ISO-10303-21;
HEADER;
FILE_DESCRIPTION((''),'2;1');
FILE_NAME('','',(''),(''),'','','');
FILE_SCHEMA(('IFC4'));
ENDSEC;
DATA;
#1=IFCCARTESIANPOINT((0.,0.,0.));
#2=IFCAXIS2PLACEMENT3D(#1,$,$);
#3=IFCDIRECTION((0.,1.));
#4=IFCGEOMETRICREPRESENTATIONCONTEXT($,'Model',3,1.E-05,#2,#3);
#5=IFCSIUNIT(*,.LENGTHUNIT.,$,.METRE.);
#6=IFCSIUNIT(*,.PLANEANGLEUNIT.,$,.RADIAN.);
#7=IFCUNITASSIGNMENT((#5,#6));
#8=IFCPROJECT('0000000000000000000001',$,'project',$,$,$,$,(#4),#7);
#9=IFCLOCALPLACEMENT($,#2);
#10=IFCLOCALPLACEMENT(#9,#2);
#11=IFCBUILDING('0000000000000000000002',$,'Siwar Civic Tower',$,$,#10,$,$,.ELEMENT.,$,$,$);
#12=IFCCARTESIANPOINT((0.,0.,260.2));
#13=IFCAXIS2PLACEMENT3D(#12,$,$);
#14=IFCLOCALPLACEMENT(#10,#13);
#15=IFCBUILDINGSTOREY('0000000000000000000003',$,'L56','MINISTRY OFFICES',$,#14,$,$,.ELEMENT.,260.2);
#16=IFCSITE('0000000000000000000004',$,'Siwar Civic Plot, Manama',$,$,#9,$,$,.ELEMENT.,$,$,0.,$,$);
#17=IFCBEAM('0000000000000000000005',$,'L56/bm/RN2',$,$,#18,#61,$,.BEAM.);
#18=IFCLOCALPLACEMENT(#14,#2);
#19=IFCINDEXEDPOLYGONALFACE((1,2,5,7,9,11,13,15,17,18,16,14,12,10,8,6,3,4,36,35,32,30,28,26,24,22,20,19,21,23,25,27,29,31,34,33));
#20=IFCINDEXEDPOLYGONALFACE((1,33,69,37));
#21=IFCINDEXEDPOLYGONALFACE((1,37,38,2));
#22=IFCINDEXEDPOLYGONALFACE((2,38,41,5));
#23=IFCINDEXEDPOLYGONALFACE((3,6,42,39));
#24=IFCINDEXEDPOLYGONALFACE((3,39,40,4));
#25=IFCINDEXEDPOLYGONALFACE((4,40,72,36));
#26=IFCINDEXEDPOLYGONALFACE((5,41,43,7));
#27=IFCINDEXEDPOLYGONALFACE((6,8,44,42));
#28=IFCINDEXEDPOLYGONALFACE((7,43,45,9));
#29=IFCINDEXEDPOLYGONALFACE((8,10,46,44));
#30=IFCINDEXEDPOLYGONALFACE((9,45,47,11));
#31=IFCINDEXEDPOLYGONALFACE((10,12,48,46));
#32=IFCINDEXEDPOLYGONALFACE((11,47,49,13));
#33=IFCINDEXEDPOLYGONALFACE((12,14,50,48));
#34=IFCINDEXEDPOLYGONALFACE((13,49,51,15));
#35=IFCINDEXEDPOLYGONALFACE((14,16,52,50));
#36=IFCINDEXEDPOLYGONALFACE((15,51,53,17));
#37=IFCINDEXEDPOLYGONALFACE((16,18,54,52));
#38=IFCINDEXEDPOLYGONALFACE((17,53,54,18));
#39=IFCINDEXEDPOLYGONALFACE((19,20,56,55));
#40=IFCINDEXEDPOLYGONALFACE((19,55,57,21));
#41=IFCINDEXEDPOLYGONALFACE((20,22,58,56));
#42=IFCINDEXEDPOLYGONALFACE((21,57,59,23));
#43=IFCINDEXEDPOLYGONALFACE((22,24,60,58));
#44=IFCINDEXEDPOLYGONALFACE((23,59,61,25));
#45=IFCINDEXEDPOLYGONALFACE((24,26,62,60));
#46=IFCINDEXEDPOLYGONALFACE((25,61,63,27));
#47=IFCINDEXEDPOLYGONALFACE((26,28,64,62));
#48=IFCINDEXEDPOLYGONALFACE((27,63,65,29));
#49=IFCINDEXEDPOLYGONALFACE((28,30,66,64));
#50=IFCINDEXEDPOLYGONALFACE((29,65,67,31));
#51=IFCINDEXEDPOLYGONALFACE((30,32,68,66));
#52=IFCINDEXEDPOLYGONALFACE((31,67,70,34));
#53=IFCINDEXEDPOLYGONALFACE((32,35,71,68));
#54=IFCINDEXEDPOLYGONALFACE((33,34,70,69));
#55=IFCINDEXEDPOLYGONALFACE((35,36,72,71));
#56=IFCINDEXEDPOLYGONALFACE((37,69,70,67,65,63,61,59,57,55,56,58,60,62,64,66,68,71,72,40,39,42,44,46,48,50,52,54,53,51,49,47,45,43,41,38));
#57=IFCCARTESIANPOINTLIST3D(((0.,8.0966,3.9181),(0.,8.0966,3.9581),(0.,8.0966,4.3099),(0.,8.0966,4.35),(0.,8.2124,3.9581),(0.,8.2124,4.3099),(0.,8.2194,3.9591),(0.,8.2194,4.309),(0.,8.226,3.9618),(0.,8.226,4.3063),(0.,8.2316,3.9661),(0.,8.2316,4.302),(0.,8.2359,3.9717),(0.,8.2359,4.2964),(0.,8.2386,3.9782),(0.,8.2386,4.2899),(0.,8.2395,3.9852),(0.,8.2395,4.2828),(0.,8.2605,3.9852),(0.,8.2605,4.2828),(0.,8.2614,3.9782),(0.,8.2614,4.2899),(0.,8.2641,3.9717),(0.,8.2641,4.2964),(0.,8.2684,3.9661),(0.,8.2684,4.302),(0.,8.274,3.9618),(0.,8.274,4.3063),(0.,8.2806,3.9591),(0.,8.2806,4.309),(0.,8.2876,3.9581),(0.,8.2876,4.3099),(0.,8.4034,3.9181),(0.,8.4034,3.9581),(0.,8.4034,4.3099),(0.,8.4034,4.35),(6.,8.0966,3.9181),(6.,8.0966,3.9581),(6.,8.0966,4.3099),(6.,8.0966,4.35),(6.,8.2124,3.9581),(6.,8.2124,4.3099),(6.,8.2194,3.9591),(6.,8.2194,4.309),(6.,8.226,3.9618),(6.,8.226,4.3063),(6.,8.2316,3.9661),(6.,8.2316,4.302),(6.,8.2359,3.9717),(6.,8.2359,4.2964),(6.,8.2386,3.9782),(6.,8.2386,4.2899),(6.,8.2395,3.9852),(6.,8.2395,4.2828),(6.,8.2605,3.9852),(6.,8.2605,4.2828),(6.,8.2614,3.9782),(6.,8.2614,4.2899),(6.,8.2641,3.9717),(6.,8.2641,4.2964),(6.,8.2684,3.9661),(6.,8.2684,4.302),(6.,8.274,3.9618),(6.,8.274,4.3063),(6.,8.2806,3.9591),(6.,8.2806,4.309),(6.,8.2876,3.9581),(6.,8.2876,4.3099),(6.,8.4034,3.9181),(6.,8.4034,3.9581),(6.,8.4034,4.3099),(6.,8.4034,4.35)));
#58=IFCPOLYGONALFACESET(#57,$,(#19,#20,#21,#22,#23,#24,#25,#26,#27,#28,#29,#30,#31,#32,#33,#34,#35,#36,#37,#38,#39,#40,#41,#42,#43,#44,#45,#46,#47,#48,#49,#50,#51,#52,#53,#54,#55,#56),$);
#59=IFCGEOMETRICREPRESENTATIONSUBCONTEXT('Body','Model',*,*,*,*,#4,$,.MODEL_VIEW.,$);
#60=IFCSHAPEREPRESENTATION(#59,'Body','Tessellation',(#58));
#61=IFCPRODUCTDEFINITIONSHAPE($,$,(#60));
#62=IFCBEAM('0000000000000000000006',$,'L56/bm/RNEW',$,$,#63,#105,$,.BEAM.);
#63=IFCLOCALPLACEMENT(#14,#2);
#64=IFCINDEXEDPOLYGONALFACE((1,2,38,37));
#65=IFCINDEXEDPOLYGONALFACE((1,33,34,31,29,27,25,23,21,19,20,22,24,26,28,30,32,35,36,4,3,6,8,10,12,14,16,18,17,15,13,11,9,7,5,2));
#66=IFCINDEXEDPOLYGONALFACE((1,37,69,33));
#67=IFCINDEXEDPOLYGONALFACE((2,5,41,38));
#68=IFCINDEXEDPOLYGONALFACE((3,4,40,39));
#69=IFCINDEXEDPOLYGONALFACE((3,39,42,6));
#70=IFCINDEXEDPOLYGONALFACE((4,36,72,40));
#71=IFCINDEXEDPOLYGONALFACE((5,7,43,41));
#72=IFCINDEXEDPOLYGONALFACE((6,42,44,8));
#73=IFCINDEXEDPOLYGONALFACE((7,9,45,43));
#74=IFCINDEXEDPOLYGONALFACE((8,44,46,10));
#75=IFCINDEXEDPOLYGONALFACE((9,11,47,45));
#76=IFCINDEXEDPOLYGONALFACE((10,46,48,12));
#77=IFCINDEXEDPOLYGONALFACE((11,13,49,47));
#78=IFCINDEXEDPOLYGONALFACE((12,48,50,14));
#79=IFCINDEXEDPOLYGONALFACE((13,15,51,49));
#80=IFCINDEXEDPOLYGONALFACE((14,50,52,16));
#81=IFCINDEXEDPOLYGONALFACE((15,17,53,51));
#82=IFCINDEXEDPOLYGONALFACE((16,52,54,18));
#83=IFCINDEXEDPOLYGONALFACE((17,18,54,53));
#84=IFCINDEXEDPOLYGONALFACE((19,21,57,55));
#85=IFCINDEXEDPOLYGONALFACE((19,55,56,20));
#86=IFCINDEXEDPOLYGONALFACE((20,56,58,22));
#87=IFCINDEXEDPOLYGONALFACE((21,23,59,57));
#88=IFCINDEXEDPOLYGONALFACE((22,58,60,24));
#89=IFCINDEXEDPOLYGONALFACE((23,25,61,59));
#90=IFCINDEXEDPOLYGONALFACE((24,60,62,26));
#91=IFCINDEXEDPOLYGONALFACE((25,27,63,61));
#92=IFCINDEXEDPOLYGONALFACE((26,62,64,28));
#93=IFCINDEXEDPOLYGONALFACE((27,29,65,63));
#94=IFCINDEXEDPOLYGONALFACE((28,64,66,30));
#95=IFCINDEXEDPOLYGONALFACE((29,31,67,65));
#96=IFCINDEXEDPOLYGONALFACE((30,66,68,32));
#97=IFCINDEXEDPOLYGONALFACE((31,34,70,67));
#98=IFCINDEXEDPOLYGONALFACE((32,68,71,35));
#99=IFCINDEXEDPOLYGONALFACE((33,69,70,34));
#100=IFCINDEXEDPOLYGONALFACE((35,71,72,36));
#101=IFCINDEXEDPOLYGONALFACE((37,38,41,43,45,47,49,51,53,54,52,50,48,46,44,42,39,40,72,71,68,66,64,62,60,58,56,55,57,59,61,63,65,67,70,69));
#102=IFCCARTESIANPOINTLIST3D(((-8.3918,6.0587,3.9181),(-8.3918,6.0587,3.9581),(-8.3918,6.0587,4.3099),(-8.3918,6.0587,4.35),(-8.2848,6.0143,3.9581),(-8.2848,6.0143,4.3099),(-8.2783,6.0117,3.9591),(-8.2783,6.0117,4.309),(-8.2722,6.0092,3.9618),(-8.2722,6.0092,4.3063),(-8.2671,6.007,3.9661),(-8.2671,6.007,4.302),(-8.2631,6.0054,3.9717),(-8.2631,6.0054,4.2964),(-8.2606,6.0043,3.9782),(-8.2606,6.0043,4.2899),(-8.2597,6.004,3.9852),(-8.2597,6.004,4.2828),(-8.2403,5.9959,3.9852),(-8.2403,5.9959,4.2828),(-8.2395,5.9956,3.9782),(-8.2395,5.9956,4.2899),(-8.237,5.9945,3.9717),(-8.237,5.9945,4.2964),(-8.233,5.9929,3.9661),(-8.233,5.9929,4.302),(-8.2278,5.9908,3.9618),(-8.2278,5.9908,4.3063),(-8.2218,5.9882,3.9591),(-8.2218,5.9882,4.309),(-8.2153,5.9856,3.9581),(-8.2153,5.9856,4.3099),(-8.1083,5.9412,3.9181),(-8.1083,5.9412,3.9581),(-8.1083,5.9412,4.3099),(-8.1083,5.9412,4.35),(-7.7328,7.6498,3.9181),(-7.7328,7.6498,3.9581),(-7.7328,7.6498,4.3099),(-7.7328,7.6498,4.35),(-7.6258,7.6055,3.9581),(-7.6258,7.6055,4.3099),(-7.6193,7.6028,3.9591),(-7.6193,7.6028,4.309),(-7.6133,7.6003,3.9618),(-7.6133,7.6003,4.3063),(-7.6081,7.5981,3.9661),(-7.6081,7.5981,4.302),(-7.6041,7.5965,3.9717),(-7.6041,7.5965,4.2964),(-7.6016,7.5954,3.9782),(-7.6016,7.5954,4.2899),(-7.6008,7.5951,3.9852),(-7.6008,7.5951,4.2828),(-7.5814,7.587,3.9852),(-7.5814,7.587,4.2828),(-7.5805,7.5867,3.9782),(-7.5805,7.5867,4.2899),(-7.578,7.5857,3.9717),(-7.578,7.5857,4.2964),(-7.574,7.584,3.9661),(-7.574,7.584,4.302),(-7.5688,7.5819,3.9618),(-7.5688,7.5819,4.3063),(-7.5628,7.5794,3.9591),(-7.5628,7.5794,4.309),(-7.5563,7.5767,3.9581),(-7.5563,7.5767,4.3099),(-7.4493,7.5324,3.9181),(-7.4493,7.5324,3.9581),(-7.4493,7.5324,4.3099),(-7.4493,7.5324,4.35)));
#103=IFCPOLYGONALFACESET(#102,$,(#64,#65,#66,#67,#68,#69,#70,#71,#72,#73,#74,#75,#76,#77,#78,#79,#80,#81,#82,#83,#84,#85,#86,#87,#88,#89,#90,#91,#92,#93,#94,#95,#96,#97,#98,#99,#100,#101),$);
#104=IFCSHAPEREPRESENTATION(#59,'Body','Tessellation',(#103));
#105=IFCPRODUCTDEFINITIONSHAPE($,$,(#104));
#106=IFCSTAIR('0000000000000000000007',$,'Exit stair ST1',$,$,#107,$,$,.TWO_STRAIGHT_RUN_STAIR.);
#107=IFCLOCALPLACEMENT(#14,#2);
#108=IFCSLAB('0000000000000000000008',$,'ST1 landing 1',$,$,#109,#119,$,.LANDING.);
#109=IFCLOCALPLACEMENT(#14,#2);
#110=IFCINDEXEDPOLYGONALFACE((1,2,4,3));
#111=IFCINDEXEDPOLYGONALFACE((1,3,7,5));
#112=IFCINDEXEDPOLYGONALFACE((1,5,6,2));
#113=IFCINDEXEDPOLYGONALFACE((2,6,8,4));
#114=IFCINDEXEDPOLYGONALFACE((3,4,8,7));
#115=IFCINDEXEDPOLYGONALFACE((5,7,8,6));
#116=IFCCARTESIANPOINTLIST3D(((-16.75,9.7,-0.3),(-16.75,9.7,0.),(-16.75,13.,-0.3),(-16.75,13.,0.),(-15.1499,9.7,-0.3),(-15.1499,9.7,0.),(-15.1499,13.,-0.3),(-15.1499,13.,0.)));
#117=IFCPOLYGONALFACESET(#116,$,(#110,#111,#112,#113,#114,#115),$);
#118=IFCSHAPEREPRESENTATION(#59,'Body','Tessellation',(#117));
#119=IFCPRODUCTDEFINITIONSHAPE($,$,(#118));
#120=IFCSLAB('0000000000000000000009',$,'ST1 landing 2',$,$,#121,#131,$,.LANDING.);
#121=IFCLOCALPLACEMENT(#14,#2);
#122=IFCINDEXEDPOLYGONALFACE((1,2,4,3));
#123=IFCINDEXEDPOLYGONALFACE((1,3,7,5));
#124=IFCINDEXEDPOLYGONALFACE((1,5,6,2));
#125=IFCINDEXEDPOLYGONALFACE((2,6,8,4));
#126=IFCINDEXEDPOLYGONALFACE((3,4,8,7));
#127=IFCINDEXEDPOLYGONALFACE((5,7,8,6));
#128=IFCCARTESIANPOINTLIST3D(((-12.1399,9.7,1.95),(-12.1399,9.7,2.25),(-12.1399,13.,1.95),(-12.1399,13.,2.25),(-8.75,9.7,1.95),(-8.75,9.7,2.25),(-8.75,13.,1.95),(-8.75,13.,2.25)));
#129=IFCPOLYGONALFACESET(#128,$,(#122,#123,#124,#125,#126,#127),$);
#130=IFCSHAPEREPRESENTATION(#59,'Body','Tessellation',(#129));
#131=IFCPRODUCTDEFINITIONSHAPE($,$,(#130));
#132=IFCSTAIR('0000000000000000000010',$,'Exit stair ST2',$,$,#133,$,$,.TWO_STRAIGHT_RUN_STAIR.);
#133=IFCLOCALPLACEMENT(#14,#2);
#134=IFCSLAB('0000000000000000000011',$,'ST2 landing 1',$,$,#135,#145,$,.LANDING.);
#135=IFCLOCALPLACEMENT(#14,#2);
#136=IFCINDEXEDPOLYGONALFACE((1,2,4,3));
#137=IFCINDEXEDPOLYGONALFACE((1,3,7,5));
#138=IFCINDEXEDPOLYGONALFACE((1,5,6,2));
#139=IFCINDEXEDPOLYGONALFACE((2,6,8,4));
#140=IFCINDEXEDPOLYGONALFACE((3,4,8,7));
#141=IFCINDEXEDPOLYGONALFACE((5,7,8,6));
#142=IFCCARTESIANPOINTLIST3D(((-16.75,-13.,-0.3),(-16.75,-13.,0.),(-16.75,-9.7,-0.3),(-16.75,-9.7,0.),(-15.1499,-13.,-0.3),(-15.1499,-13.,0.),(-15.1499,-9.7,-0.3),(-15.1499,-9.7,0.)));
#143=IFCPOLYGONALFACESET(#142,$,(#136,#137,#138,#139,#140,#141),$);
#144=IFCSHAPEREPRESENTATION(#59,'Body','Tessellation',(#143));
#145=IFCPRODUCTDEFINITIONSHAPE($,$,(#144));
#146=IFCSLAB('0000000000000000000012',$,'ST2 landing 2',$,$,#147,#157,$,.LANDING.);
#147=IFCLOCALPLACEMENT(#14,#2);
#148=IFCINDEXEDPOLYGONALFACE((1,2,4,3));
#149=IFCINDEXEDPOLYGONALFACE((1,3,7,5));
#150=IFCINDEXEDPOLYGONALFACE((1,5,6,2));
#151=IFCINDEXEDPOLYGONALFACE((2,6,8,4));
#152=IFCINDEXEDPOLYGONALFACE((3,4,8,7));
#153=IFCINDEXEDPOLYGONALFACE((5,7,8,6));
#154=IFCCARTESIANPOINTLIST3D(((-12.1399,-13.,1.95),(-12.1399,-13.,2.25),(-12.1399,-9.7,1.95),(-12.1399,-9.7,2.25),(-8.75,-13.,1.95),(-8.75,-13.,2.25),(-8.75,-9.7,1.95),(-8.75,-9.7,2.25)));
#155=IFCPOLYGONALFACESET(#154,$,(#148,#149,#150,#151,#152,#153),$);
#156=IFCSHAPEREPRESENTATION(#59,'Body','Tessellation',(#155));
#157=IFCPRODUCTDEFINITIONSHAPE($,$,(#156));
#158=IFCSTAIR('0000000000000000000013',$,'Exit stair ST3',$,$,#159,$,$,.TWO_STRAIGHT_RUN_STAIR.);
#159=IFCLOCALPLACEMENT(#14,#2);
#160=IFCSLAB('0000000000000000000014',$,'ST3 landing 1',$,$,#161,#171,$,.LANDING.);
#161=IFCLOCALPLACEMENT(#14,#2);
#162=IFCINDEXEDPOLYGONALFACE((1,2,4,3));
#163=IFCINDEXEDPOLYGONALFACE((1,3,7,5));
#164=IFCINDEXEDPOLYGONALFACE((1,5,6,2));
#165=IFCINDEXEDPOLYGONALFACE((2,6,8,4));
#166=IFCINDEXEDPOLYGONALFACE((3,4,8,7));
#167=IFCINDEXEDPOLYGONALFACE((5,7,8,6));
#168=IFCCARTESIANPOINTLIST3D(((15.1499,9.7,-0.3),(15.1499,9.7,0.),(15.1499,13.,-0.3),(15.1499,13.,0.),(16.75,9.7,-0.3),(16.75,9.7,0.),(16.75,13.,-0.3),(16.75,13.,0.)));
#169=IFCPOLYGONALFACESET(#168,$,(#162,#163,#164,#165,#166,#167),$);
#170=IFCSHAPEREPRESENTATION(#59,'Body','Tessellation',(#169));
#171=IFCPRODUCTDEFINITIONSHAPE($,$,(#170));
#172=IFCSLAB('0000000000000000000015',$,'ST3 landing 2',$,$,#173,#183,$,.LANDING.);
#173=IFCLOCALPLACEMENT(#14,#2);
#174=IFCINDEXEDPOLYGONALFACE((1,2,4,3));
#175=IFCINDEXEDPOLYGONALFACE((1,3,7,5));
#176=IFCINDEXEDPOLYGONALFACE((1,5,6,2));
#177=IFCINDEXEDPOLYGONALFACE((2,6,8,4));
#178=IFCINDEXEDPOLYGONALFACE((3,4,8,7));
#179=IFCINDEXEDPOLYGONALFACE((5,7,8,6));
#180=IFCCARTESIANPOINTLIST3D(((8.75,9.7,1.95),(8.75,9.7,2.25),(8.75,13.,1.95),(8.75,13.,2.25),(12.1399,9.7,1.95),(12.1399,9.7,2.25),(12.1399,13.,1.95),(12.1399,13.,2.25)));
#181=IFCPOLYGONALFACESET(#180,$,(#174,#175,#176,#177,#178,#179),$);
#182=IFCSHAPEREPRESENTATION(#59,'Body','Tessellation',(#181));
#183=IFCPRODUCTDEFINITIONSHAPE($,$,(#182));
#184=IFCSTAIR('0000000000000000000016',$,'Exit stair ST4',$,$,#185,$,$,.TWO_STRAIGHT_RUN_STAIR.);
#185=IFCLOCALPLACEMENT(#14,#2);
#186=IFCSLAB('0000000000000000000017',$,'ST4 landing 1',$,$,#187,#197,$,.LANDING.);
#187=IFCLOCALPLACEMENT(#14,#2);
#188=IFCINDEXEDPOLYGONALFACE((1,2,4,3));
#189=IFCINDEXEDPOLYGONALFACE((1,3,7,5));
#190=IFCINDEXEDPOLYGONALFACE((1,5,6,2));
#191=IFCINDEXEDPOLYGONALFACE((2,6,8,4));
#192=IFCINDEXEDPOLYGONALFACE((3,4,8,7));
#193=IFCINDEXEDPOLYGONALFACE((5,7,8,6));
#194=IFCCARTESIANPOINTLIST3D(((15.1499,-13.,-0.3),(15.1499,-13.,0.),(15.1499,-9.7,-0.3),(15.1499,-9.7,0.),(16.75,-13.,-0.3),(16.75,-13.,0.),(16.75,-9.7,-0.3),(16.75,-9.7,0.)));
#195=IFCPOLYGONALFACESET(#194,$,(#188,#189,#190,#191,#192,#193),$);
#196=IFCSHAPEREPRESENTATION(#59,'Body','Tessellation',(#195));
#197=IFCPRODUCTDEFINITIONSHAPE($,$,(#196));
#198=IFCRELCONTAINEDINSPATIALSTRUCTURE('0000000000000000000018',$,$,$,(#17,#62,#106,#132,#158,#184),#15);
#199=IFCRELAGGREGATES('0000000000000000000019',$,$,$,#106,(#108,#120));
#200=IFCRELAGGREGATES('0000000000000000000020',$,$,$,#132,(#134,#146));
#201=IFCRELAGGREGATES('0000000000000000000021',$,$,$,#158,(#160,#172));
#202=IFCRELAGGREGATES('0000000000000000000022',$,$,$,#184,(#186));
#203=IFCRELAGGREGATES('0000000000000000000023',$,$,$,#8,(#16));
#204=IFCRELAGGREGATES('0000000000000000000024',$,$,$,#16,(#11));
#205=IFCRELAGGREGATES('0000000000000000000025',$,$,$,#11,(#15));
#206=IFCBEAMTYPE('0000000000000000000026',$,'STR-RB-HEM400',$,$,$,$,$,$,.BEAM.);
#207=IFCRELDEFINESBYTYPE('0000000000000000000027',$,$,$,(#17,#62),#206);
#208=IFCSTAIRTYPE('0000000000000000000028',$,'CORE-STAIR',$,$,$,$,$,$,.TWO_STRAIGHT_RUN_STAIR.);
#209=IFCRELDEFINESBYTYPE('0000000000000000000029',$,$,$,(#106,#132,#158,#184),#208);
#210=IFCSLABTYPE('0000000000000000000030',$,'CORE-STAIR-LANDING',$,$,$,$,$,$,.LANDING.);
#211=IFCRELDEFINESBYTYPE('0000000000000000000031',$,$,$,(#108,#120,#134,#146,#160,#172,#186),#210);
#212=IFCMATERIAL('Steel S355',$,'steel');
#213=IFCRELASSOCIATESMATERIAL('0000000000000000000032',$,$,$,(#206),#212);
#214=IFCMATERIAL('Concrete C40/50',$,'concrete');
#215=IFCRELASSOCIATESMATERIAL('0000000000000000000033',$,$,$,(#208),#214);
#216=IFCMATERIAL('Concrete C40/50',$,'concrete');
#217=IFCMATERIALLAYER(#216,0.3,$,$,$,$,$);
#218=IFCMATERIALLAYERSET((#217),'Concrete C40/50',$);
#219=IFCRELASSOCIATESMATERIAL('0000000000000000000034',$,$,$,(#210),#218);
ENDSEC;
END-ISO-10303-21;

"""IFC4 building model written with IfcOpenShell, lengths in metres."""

from ifc_helpers import new_model, si_unit, direction, frame, origin, origin_2d, place, context, subcontext, project, spatial, polyline, i_section, outline, extrude, material, layer, layer_set, material_profile, profile_set, type_object, element, aggregate, save


model = new_model("IFC4")

# Units and contexts
model_context = context("Model", 3, precision=1e-05, world=origin(), true_north=direction((0.0, 1.0)))
body_context = subcontext(model_context, "Body", "Model", "MODEL_VIEW")
ifc_project = project(units=[si_unit("LENGTHUNIT", "METRE"), si_unit("PLANEANGLEUNIT", "RADIAN")], contexts=[model_context])

# Site, building, storey
site_placement = place(None, origin())
site = spatial("IfcSite", under=ifc_project, at=site_placement, Name="Siwar Civic Plot, Manama", CompositionType="ELEMENT", RefElevation=0.0)
building_placement = place(site_placement, origin())
building = spatial("IfcBuilding", under=site, at=building_placement, Name="Siwar Civic Tower", CompositionType="ELEMENT")
storey_placement = place(building_placement, frame((0.0, 0.0, 260.2)))
storey = spatial("IfcBuildingStorey", under=building, at=storey_placement, Name="L56", Description="MINISTRY OFFICES", CompositionType="ELEMENT", Elevation=260.2)

# Beams
ifc_material_1 = material(Name="Steel S355", Category="steel")
ifc_material_profile_1 = material_profile(ifc_material_1, i_section(OverallWidth=0.3069, OverallDepth=0.4319, WebThickness=0.021, FlangeThickness=0.04, FilletRadius=0.0271, at=origin_2d()), Name="HEM400")
ifc_profile_set_1 = profile_set([ifc_material_profile_1], Name="Steel S355")
beam_type_1 = type_object("IfcBeamType", Name="STR-RB-HEM400", PredefinedType="BEAM", material=ifc_profile_set_1)
for number, where, z_axis, x_axis, name in (
    (1, (0.0, 8.25, 4.134), (1.0, 0.0, 0.0), (0.0, 1.0, 0.0), "L56/bm/RN2"),
):
    element("IfcBeam", number, at=place(storey_placement, frame(where, z_axis=z_axis, x_axis=x_axis)), inside=storey, type_object=beam_type_1, Name=name, PredefinedType="BEAM", context=body_context, shape_type="SweptSolid", body=[
        extrude(i_section(OverallWidth=0.3069, OverallDepth=0.4319, WebThickness=0.021, FlangeThickness=0.04, FilletRadius=0.0271, at=origin_2d()), origin(), (0.0, 0.0, 1.0), 6.0),
    ])
beam_1_placement = place(storey_placement, frame((-7.5911, 7.5911, 4.134), z_axis=(-0.382631, -0.923901, 0.0), x_axis=(0.923901, -0.382631, 0.0)))
element("IfcBeam", 2, at=beam_1_placement, inside=storey, type_object=beam_type_1, Name="L56/bm/RNEW", PredefinedType="BEAM", context=body_context, shape_type="SweptSolid", body=[
    extrude(i_section(OverallWidth=0.3069, OverallDepth=0.4319, WebThickness=0.021, FlangeThickness=0.04, FilletRadius=0.0271, at=origin_2d()), origin(), (0.0, 0.0, 1.0), 1.7222),
])

# Stairs, slabs
ifc_material_2 = material(Name="Concrete C40/50", Category="concrete")
stair_type = type_object("IfcStairType", Name="CORE-STAIR", PredefinedType="TWO_STRAIGHT_RUN_STAIR", material=ifc_material_2)
stair_1_placement = place(storey_placement, origin())
stair_1 = element("IfcStair", 3, at=stair_1_placement, inside=storey, type_object=stair_type, Name="Exit stair ST1", PredefinedType="TWO_STRAIGHT_RUN_STAIR")
ifc_material_3 = material(Name="Concrete C40/50", Category="concrete")
ifc_layer_1 = layer(ifc_material_3, 0.3)
ifc_layer_set_1 = layer_set([ifc_layer_1], Name="Concrete C40/50")
slab_type_1 = type_object("IfcSlabType", Name="CORE-STAIR-LANDING", PredefinedType="LANDING", material=ifc_layer_set_1)
slab_1_placement = place(storey_placement, frame((0.0, 0.0, -0.3)))
slab_1 = element("IfcSlab", 4, at=slab_1_placement, type_object=slab_type_1, Name="ST1 landing 1", PredefinedType="LANDING", context=body_context, shape_type="SweptSolid", body=[
    extrude(outline(polyline([(-15.1499, 13.0), (-16.75, 13.0), (-16.75, 9.7), (-15.1499, 9.7), (-15.1499, 13.0)])), origin(), (0.0, 0.0, 1.0), 0.3),
])
slab_2_placement = place(storey_placement, frame((0.0, 0.0, 1.95)))
slab_2 = element("IfcSlab", 5, at=slab_2_placement, type_object=slab_type_1, Name="ST1 landing 2", PredefinedType="LANDING", context=body_context, shape_type="SweptSolid", body=[
    extrude(outline(polyline([(-8.75, 13.0), (-12.1399, 13.0), (-12.1399, 9.7), (-8.75, 9.7), (-8.75, 13.0)])), origin(), (0.0, 0.0, 1.0), 0.3),
])
aggregate(stair_1, [slab_1, slab_2])
stair_2_placement = place(storey_placement, origin())
stair_2 = element("IfcStair", 6, at=stair_2_placement, inside=storey, type_object=stair_type, Name="Exit stair ST2", PredefinedType="TWO_STRAIGHT_RUN_STAIR")
slab_3_placement = place(storey_placement, frame((0.0, 0.0, -0.3)))
slab_3 = element("IfcSlab", 7, at=slab_3_placement, type_object=slab_type_1, Name="ST2 landing 1", PredefinedType="LANDING", context=body_context, shape_type="SweptSolid", body=[
    extrude(outline(polyline([(-15.1499, -9.7), (-16.75, -9.7), (-16.75, -13.0), (-15.1499, -13.0), (-15.1499, -9.7)])), origin(), (0.0, 0.0, 1.0), 0.3),
])
slab_4_placement = place(storey_placement, frame((0.0, 0.0, 1.95)))
slab_4 = element("IfcSlab", 8, at=slab_4_placement, type_object=slab_type_1, Name="ST2 landing 2", PredefinedType="LANDING", context=body_context, shape_type="SweptSolid", body=[
    extrude(outline(polyline([(-8.75, -9.7), (-12.1399, -9.7), (-12.1399, -13.0), (-8.75, -13.0), (-8.75, -9.7)])), origin(), (0.0, 0.0, 1.0), 0.3),
])
aggregate(stair_2, [slab_3, slab_4])
stair_3_placement = place(storey_placement, origin())
stair_3 = element("IfcStair", 9, at=stair_3_placement, inside=storey, type_object=stair_type, Name="Exit stair ST3", PredefinedType="TWO_STRAIGHT_RUN_STAIR")
slab_5_placement = place(storey_placement, frame((0.0, 0.0, -0.3)))
slab_5 = element("IfcSlab", 10, at=slab_5_placement, type_object=slab_type_1, Name="ST3 landing 1", PredefinedType="LANDING", context=body_context, shape_type="SweptSolid", body=[
    extrude(outline(polyline([(15.1499, 9.7), (16.75, 9.7), (16.75, 13.0), (15.1499, 13.0), (15.1499, 9.7)])), origin(), (0.0, 0.0, 1.0), 0.3),
])
slab_6_placement = place(storey_placement, frame((0.0, 0.0, 1.95)))
slab_6 = element("IfcSlab", 11, at=slab_6_placement, type_object=slab_type_1, Name="ST3 landing 2", PredefinedType="LANDING", context=body_context, shape_type="SweptSolid", body=[
    extrude(outline(polyline([(8.75, 9.7), (12.1399, 9.7), (12.1399, 13.0), (8.75, 13.0), (8.75, 9.7)])), origin(), (0.0, 0.0, 1.0), 0.3),
])
aggregate(stair_3, [slab_5, slab_6])

# Stair, slab
stair_4_placement = place(storey_placement, origin())
stair_4 = element("IfcStair", 12, at=stair_4_placement, inside=storey, type_object=stair_type, Name="Exit stair ST4", PredefinedType="TWO_STRAIGHT_RUN_STAIR")
slab_7_placement = place(storey_placement, frame((0.0, 0.0, -0.3)))
slab_7 = element("IfcSlab", 13, at=slab_7_placement, type_object=slab_type_1, Name="ST4 landing 1", PredefinedType="LANDING", context=body_context, shape_type="SweptSolid", body=[
    extrude(outline(polyline([(15.1499, -13.0), (16.75, -13.0), (16.75, -9.7), (15.1499, -9.7), (15.1499, -13.0)])), origin(), (0.0, 0.0, 1.0), 0.3),
])
aggregate(stair_4, [slab_7])

save(model, "model.ifc")
